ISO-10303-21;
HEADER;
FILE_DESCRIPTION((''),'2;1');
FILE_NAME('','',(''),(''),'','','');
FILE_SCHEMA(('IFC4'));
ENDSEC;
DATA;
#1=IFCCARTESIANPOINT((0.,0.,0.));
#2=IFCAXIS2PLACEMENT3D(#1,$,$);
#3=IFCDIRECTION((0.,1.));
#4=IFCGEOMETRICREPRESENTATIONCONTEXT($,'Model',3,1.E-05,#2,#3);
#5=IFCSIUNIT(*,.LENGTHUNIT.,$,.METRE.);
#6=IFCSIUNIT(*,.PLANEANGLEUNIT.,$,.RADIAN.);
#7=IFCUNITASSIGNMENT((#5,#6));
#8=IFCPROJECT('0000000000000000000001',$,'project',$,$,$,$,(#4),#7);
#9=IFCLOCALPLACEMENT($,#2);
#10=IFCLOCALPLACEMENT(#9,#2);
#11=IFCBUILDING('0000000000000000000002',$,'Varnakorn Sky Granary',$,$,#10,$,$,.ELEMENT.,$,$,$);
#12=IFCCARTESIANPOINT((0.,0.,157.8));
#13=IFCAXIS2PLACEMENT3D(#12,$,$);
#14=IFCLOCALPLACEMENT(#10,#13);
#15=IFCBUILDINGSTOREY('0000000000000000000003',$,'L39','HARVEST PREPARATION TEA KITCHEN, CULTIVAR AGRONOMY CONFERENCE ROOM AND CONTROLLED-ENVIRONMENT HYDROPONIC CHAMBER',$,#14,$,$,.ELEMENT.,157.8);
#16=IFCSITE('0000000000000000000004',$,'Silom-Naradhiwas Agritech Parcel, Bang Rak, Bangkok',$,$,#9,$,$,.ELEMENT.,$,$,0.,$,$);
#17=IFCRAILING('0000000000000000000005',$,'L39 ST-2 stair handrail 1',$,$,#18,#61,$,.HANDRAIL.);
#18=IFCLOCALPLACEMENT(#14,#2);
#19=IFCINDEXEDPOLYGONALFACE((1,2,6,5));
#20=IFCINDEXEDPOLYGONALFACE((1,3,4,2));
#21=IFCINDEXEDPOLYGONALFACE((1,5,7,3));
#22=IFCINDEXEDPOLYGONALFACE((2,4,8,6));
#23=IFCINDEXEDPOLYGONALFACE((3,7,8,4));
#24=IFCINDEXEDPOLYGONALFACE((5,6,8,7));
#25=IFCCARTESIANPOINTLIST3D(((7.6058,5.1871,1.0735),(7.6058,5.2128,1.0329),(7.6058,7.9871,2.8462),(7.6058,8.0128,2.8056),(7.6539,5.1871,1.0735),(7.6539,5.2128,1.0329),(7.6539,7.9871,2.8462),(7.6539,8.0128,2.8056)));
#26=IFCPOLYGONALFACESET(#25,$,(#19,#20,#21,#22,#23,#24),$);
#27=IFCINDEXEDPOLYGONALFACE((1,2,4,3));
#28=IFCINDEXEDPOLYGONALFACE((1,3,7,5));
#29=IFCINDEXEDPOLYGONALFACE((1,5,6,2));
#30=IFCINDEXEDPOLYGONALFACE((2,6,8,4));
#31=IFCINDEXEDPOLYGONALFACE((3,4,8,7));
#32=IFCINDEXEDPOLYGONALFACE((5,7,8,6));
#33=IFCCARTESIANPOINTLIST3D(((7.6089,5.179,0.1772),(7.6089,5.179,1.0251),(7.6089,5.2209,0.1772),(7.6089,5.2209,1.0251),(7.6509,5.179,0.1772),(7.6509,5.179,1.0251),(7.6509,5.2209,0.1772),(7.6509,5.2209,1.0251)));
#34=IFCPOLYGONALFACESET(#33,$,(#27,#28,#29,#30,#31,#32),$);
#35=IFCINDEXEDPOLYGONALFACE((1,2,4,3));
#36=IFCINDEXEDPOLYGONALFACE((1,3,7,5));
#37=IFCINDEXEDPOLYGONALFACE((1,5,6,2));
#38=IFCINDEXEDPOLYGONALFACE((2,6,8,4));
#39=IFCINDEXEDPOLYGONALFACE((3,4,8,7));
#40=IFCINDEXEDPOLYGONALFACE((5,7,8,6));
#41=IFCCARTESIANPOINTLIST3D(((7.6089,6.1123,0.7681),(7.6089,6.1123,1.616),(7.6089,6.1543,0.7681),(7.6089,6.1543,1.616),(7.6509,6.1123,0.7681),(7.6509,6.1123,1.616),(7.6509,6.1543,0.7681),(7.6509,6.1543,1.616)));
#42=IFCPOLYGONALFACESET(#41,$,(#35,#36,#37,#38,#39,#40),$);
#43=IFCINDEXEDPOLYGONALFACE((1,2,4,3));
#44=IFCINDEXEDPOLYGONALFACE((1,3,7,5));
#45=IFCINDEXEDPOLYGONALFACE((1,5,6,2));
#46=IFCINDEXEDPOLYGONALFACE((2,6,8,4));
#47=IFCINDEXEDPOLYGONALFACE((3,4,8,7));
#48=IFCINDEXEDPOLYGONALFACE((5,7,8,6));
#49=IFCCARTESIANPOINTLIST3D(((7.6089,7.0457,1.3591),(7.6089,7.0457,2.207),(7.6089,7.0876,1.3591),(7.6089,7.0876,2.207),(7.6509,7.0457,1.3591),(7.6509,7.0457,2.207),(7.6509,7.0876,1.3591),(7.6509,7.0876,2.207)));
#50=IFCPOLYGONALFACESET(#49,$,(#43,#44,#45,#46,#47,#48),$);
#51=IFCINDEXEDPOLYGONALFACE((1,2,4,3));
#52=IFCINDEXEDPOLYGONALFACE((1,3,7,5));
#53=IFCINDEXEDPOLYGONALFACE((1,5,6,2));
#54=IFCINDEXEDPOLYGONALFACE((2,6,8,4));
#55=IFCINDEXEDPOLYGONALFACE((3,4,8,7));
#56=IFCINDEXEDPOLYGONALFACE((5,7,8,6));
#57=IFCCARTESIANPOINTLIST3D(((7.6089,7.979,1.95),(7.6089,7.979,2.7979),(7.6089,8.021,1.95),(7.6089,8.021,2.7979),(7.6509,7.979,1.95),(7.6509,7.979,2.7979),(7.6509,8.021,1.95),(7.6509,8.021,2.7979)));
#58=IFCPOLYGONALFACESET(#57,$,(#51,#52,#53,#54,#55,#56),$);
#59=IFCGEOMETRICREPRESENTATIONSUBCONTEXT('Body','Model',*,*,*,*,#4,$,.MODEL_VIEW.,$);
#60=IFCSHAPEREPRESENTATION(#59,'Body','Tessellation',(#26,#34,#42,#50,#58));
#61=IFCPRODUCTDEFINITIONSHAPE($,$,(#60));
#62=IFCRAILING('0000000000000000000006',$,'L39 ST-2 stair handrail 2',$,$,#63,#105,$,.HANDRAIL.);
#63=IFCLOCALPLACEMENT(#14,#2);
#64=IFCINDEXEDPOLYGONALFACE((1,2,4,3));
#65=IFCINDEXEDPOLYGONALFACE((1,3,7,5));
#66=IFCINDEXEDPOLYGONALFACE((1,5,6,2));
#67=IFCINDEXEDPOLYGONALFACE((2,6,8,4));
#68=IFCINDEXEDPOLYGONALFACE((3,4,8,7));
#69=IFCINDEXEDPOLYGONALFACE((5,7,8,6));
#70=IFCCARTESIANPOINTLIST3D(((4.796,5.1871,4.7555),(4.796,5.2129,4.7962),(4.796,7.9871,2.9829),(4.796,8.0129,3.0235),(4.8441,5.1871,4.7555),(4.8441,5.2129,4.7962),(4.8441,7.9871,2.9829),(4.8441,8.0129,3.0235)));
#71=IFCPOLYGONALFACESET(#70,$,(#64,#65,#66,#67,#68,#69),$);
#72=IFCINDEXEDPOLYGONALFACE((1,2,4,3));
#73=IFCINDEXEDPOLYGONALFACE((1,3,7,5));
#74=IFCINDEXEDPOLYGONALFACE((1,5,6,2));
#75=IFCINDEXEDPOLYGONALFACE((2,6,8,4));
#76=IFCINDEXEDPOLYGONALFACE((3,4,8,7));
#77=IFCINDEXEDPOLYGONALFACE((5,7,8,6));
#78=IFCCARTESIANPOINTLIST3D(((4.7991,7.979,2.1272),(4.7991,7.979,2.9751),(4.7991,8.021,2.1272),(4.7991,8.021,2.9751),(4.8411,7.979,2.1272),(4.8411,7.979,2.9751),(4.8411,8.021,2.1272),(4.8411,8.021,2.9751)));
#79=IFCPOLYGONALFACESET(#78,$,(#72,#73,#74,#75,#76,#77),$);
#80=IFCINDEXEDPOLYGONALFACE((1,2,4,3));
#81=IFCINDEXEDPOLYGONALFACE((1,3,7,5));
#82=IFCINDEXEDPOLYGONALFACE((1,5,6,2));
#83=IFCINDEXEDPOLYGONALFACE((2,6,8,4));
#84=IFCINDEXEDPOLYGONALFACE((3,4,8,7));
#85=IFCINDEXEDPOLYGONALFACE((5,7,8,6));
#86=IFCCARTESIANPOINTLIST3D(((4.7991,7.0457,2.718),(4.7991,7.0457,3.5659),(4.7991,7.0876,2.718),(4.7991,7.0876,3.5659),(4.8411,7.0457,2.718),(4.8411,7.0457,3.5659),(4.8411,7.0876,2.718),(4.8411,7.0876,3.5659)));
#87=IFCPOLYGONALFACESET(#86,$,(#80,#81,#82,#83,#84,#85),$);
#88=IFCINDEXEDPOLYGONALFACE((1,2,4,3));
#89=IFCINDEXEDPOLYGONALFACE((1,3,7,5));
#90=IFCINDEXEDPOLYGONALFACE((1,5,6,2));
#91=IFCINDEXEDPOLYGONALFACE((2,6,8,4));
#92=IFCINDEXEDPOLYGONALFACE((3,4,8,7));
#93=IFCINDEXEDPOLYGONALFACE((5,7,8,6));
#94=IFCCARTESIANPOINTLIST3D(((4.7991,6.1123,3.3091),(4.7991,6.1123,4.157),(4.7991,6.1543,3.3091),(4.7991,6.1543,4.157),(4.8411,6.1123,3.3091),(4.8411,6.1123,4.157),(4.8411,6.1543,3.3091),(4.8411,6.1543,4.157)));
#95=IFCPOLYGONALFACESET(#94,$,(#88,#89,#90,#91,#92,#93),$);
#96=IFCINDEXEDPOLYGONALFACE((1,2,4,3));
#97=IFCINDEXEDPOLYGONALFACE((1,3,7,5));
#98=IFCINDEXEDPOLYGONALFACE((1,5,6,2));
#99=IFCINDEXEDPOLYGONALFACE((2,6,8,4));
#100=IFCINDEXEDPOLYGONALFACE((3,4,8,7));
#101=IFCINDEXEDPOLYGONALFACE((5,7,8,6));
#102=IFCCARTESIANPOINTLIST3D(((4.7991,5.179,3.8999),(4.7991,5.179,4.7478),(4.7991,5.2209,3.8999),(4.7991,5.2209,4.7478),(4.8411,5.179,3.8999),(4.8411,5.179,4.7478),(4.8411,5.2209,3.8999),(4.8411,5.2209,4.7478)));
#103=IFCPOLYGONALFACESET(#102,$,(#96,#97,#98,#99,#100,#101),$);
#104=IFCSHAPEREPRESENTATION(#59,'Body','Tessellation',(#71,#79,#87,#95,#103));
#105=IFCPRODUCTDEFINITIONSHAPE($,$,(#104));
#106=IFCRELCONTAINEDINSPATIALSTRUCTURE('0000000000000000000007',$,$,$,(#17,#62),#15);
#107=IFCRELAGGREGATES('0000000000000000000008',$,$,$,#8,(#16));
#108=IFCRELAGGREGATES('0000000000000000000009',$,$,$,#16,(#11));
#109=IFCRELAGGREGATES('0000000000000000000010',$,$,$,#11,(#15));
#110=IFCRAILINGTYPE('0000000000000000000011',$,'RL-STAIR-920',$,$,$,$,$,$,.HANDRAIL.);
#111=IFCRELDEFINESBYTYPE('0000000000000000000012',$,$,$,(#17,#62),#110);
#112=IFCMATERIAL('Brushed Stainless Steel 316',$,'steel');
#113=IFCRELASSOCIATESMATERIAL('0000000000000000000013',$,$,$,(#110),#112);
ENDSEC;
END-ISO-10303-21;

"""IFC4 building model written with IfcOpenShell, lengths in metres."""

from ifc_helpers import new_model, si_unit, direction, frame, origin, origin_2d, place, context, subcontext, project, spatial, rectangle, extrude, material, type_object, element, save


model = new_model("IFC4")

# Units and contexts
model_context = context("Model", 3, precision=1e-05, world=origin(), true_north=direction((0.0, 1.0)))
body_context = subcontext(model_context, "Body", "Model", "MODEL_VIEW")
ifc_project = project(units=[si_unit("LENGTHUNIT", "METRE"), si_unit("PLANEANGLEUNIT", "RADIAN")], contexts=[model_context])

# Site, building, storey
site_placement = place(None, origin())
site = spatial("IfcSite", under=ifc_project, at=site_placement, Name="Silom-Naradhiwas Agritech Parcel, Bang Rak, Bangkok", CompositionType="ELEMENT", RefElevation=0.0)
building_placement = place(site_placement, origin())
building = spatial("IfcBuilding", under=site, at=building_placement, Name="Varnakorn Sky Granary", CompositionType="ELEMENT")
storey_placement = place(building_placement, frame((0.0, 0.0, 157.8)))
storey = spatial("IfcBuildingStorey", under=building, at=storey_placement, Name="L39", Description="HARVEST PREPARATION TEA KITCHEN, CULTIVAR AGRONOMY CONFERENCE ROOM AND CONTROLLED-ENVIRONMENT HYDROPONIC CHAMBER", CompositionType="ELEMENT", Elevation=157.8)

# Railings
ifc_material_1 = material(Name="Brushed Stainless Steel 316", Category="steel")
railing_type_1 = type_object("IfcRailingType", Name="RL-STAIR-920", PredefinedType="HANDRAIL", material=ifc_material_1)
for number, where, name in (
    (1, (7.6299, 5.2, 0.1772), "L39 ST-2 stair handrail 1"),
):
    element("IfcRailing", number, at=place(storey_placement, frame(where)), inside=storey, type_object=railing_type_1, Name=name, PredefinedType="HANDRAIL", context=body_context, shape_type="SweptSolid", body=[
        extrude(rectangle(XDim=0.0481, YDim=0.0481, at=origin_2d()), frame((0.0, 0.0, 0.876), z_axis=(0.0, 0.844909, 0.53491), x_axis=(-1.0, 0.0, 0.0)), (0.0, 0.0, 1.0), 3.314),
        extrude(rectangle(XDim=0.042, YDim=0.042, at=origin_2d()), origin(), (0.0, 0.0, 1.0), 0.8479),
        extrude(rectangle(XDim=0.042, YDim=0.042, at=origin_2d()), frame((0.0, 0.9333, 0.5908)), (0.0, 0.0, 1.0), 0.8479),
        extrude(rectangle(XDim=0.042, YDim=0.042, at=origin_2d()), frame((0.0, 1.8667, 1.1819)), (0.0, 0.0, 1.0), 0.8479),
        extrude(rectangle(XDim=0.042, YDim=0.042, at=origin_2d()), frame((0.0, 2.8, 1.7727)), (0.0, 0.0, 1.0), 0.8479),
    ])
railing_1_placement = place(storey_placement, frame((4.8201, 8.0, 2.1272)))
element("IfcRailing", 2, at=railing_1_placement, inside=storey, type_object=railing_type_1, Name="L39 ST-2 stair handrail 2", PredefinedType="HANDRAIL", context=body_context, shape_type="SweptSolid", body=[
    extrude(rectangle(XDim=0.0481, YDim=0.0481, at=origin_2d()), frame((0.0, 0.0, 0.876), z_axis=(0.0, -0.844909, 0.53491), x_axis=(1.0, 0.0, 0.0)), (0.0, 0.0, 1.0), 3.314),
    extrude(rectangle(XDim=0.042, YDim=0.042, at=origin_2d()), origin(), (0.0, 0.0, 1.0), 0.8479),
    extrude(rectangle(XDim=0.042, YDim=0.042, at=origin_2d()), frame((0.0, -0.9333, 0.5908)), (0.0, 0.0, 1.0), 0.8479),
    extrude(rectangle(XDim=0.042, YDim=0.042, at=origin_2d()), frame((0.0, -1.8667, 1.1819)), (0.0, 0.0, 1.0), 0.8479),
    extrude(rectangle(XDim=0.042, YDim=0.042, at=origin_2d()), frame((0.0, -2.8, 1.7727)), (0.0, 0.0, 1.0), 0.8479),
])

save(model, "model.ifc")
